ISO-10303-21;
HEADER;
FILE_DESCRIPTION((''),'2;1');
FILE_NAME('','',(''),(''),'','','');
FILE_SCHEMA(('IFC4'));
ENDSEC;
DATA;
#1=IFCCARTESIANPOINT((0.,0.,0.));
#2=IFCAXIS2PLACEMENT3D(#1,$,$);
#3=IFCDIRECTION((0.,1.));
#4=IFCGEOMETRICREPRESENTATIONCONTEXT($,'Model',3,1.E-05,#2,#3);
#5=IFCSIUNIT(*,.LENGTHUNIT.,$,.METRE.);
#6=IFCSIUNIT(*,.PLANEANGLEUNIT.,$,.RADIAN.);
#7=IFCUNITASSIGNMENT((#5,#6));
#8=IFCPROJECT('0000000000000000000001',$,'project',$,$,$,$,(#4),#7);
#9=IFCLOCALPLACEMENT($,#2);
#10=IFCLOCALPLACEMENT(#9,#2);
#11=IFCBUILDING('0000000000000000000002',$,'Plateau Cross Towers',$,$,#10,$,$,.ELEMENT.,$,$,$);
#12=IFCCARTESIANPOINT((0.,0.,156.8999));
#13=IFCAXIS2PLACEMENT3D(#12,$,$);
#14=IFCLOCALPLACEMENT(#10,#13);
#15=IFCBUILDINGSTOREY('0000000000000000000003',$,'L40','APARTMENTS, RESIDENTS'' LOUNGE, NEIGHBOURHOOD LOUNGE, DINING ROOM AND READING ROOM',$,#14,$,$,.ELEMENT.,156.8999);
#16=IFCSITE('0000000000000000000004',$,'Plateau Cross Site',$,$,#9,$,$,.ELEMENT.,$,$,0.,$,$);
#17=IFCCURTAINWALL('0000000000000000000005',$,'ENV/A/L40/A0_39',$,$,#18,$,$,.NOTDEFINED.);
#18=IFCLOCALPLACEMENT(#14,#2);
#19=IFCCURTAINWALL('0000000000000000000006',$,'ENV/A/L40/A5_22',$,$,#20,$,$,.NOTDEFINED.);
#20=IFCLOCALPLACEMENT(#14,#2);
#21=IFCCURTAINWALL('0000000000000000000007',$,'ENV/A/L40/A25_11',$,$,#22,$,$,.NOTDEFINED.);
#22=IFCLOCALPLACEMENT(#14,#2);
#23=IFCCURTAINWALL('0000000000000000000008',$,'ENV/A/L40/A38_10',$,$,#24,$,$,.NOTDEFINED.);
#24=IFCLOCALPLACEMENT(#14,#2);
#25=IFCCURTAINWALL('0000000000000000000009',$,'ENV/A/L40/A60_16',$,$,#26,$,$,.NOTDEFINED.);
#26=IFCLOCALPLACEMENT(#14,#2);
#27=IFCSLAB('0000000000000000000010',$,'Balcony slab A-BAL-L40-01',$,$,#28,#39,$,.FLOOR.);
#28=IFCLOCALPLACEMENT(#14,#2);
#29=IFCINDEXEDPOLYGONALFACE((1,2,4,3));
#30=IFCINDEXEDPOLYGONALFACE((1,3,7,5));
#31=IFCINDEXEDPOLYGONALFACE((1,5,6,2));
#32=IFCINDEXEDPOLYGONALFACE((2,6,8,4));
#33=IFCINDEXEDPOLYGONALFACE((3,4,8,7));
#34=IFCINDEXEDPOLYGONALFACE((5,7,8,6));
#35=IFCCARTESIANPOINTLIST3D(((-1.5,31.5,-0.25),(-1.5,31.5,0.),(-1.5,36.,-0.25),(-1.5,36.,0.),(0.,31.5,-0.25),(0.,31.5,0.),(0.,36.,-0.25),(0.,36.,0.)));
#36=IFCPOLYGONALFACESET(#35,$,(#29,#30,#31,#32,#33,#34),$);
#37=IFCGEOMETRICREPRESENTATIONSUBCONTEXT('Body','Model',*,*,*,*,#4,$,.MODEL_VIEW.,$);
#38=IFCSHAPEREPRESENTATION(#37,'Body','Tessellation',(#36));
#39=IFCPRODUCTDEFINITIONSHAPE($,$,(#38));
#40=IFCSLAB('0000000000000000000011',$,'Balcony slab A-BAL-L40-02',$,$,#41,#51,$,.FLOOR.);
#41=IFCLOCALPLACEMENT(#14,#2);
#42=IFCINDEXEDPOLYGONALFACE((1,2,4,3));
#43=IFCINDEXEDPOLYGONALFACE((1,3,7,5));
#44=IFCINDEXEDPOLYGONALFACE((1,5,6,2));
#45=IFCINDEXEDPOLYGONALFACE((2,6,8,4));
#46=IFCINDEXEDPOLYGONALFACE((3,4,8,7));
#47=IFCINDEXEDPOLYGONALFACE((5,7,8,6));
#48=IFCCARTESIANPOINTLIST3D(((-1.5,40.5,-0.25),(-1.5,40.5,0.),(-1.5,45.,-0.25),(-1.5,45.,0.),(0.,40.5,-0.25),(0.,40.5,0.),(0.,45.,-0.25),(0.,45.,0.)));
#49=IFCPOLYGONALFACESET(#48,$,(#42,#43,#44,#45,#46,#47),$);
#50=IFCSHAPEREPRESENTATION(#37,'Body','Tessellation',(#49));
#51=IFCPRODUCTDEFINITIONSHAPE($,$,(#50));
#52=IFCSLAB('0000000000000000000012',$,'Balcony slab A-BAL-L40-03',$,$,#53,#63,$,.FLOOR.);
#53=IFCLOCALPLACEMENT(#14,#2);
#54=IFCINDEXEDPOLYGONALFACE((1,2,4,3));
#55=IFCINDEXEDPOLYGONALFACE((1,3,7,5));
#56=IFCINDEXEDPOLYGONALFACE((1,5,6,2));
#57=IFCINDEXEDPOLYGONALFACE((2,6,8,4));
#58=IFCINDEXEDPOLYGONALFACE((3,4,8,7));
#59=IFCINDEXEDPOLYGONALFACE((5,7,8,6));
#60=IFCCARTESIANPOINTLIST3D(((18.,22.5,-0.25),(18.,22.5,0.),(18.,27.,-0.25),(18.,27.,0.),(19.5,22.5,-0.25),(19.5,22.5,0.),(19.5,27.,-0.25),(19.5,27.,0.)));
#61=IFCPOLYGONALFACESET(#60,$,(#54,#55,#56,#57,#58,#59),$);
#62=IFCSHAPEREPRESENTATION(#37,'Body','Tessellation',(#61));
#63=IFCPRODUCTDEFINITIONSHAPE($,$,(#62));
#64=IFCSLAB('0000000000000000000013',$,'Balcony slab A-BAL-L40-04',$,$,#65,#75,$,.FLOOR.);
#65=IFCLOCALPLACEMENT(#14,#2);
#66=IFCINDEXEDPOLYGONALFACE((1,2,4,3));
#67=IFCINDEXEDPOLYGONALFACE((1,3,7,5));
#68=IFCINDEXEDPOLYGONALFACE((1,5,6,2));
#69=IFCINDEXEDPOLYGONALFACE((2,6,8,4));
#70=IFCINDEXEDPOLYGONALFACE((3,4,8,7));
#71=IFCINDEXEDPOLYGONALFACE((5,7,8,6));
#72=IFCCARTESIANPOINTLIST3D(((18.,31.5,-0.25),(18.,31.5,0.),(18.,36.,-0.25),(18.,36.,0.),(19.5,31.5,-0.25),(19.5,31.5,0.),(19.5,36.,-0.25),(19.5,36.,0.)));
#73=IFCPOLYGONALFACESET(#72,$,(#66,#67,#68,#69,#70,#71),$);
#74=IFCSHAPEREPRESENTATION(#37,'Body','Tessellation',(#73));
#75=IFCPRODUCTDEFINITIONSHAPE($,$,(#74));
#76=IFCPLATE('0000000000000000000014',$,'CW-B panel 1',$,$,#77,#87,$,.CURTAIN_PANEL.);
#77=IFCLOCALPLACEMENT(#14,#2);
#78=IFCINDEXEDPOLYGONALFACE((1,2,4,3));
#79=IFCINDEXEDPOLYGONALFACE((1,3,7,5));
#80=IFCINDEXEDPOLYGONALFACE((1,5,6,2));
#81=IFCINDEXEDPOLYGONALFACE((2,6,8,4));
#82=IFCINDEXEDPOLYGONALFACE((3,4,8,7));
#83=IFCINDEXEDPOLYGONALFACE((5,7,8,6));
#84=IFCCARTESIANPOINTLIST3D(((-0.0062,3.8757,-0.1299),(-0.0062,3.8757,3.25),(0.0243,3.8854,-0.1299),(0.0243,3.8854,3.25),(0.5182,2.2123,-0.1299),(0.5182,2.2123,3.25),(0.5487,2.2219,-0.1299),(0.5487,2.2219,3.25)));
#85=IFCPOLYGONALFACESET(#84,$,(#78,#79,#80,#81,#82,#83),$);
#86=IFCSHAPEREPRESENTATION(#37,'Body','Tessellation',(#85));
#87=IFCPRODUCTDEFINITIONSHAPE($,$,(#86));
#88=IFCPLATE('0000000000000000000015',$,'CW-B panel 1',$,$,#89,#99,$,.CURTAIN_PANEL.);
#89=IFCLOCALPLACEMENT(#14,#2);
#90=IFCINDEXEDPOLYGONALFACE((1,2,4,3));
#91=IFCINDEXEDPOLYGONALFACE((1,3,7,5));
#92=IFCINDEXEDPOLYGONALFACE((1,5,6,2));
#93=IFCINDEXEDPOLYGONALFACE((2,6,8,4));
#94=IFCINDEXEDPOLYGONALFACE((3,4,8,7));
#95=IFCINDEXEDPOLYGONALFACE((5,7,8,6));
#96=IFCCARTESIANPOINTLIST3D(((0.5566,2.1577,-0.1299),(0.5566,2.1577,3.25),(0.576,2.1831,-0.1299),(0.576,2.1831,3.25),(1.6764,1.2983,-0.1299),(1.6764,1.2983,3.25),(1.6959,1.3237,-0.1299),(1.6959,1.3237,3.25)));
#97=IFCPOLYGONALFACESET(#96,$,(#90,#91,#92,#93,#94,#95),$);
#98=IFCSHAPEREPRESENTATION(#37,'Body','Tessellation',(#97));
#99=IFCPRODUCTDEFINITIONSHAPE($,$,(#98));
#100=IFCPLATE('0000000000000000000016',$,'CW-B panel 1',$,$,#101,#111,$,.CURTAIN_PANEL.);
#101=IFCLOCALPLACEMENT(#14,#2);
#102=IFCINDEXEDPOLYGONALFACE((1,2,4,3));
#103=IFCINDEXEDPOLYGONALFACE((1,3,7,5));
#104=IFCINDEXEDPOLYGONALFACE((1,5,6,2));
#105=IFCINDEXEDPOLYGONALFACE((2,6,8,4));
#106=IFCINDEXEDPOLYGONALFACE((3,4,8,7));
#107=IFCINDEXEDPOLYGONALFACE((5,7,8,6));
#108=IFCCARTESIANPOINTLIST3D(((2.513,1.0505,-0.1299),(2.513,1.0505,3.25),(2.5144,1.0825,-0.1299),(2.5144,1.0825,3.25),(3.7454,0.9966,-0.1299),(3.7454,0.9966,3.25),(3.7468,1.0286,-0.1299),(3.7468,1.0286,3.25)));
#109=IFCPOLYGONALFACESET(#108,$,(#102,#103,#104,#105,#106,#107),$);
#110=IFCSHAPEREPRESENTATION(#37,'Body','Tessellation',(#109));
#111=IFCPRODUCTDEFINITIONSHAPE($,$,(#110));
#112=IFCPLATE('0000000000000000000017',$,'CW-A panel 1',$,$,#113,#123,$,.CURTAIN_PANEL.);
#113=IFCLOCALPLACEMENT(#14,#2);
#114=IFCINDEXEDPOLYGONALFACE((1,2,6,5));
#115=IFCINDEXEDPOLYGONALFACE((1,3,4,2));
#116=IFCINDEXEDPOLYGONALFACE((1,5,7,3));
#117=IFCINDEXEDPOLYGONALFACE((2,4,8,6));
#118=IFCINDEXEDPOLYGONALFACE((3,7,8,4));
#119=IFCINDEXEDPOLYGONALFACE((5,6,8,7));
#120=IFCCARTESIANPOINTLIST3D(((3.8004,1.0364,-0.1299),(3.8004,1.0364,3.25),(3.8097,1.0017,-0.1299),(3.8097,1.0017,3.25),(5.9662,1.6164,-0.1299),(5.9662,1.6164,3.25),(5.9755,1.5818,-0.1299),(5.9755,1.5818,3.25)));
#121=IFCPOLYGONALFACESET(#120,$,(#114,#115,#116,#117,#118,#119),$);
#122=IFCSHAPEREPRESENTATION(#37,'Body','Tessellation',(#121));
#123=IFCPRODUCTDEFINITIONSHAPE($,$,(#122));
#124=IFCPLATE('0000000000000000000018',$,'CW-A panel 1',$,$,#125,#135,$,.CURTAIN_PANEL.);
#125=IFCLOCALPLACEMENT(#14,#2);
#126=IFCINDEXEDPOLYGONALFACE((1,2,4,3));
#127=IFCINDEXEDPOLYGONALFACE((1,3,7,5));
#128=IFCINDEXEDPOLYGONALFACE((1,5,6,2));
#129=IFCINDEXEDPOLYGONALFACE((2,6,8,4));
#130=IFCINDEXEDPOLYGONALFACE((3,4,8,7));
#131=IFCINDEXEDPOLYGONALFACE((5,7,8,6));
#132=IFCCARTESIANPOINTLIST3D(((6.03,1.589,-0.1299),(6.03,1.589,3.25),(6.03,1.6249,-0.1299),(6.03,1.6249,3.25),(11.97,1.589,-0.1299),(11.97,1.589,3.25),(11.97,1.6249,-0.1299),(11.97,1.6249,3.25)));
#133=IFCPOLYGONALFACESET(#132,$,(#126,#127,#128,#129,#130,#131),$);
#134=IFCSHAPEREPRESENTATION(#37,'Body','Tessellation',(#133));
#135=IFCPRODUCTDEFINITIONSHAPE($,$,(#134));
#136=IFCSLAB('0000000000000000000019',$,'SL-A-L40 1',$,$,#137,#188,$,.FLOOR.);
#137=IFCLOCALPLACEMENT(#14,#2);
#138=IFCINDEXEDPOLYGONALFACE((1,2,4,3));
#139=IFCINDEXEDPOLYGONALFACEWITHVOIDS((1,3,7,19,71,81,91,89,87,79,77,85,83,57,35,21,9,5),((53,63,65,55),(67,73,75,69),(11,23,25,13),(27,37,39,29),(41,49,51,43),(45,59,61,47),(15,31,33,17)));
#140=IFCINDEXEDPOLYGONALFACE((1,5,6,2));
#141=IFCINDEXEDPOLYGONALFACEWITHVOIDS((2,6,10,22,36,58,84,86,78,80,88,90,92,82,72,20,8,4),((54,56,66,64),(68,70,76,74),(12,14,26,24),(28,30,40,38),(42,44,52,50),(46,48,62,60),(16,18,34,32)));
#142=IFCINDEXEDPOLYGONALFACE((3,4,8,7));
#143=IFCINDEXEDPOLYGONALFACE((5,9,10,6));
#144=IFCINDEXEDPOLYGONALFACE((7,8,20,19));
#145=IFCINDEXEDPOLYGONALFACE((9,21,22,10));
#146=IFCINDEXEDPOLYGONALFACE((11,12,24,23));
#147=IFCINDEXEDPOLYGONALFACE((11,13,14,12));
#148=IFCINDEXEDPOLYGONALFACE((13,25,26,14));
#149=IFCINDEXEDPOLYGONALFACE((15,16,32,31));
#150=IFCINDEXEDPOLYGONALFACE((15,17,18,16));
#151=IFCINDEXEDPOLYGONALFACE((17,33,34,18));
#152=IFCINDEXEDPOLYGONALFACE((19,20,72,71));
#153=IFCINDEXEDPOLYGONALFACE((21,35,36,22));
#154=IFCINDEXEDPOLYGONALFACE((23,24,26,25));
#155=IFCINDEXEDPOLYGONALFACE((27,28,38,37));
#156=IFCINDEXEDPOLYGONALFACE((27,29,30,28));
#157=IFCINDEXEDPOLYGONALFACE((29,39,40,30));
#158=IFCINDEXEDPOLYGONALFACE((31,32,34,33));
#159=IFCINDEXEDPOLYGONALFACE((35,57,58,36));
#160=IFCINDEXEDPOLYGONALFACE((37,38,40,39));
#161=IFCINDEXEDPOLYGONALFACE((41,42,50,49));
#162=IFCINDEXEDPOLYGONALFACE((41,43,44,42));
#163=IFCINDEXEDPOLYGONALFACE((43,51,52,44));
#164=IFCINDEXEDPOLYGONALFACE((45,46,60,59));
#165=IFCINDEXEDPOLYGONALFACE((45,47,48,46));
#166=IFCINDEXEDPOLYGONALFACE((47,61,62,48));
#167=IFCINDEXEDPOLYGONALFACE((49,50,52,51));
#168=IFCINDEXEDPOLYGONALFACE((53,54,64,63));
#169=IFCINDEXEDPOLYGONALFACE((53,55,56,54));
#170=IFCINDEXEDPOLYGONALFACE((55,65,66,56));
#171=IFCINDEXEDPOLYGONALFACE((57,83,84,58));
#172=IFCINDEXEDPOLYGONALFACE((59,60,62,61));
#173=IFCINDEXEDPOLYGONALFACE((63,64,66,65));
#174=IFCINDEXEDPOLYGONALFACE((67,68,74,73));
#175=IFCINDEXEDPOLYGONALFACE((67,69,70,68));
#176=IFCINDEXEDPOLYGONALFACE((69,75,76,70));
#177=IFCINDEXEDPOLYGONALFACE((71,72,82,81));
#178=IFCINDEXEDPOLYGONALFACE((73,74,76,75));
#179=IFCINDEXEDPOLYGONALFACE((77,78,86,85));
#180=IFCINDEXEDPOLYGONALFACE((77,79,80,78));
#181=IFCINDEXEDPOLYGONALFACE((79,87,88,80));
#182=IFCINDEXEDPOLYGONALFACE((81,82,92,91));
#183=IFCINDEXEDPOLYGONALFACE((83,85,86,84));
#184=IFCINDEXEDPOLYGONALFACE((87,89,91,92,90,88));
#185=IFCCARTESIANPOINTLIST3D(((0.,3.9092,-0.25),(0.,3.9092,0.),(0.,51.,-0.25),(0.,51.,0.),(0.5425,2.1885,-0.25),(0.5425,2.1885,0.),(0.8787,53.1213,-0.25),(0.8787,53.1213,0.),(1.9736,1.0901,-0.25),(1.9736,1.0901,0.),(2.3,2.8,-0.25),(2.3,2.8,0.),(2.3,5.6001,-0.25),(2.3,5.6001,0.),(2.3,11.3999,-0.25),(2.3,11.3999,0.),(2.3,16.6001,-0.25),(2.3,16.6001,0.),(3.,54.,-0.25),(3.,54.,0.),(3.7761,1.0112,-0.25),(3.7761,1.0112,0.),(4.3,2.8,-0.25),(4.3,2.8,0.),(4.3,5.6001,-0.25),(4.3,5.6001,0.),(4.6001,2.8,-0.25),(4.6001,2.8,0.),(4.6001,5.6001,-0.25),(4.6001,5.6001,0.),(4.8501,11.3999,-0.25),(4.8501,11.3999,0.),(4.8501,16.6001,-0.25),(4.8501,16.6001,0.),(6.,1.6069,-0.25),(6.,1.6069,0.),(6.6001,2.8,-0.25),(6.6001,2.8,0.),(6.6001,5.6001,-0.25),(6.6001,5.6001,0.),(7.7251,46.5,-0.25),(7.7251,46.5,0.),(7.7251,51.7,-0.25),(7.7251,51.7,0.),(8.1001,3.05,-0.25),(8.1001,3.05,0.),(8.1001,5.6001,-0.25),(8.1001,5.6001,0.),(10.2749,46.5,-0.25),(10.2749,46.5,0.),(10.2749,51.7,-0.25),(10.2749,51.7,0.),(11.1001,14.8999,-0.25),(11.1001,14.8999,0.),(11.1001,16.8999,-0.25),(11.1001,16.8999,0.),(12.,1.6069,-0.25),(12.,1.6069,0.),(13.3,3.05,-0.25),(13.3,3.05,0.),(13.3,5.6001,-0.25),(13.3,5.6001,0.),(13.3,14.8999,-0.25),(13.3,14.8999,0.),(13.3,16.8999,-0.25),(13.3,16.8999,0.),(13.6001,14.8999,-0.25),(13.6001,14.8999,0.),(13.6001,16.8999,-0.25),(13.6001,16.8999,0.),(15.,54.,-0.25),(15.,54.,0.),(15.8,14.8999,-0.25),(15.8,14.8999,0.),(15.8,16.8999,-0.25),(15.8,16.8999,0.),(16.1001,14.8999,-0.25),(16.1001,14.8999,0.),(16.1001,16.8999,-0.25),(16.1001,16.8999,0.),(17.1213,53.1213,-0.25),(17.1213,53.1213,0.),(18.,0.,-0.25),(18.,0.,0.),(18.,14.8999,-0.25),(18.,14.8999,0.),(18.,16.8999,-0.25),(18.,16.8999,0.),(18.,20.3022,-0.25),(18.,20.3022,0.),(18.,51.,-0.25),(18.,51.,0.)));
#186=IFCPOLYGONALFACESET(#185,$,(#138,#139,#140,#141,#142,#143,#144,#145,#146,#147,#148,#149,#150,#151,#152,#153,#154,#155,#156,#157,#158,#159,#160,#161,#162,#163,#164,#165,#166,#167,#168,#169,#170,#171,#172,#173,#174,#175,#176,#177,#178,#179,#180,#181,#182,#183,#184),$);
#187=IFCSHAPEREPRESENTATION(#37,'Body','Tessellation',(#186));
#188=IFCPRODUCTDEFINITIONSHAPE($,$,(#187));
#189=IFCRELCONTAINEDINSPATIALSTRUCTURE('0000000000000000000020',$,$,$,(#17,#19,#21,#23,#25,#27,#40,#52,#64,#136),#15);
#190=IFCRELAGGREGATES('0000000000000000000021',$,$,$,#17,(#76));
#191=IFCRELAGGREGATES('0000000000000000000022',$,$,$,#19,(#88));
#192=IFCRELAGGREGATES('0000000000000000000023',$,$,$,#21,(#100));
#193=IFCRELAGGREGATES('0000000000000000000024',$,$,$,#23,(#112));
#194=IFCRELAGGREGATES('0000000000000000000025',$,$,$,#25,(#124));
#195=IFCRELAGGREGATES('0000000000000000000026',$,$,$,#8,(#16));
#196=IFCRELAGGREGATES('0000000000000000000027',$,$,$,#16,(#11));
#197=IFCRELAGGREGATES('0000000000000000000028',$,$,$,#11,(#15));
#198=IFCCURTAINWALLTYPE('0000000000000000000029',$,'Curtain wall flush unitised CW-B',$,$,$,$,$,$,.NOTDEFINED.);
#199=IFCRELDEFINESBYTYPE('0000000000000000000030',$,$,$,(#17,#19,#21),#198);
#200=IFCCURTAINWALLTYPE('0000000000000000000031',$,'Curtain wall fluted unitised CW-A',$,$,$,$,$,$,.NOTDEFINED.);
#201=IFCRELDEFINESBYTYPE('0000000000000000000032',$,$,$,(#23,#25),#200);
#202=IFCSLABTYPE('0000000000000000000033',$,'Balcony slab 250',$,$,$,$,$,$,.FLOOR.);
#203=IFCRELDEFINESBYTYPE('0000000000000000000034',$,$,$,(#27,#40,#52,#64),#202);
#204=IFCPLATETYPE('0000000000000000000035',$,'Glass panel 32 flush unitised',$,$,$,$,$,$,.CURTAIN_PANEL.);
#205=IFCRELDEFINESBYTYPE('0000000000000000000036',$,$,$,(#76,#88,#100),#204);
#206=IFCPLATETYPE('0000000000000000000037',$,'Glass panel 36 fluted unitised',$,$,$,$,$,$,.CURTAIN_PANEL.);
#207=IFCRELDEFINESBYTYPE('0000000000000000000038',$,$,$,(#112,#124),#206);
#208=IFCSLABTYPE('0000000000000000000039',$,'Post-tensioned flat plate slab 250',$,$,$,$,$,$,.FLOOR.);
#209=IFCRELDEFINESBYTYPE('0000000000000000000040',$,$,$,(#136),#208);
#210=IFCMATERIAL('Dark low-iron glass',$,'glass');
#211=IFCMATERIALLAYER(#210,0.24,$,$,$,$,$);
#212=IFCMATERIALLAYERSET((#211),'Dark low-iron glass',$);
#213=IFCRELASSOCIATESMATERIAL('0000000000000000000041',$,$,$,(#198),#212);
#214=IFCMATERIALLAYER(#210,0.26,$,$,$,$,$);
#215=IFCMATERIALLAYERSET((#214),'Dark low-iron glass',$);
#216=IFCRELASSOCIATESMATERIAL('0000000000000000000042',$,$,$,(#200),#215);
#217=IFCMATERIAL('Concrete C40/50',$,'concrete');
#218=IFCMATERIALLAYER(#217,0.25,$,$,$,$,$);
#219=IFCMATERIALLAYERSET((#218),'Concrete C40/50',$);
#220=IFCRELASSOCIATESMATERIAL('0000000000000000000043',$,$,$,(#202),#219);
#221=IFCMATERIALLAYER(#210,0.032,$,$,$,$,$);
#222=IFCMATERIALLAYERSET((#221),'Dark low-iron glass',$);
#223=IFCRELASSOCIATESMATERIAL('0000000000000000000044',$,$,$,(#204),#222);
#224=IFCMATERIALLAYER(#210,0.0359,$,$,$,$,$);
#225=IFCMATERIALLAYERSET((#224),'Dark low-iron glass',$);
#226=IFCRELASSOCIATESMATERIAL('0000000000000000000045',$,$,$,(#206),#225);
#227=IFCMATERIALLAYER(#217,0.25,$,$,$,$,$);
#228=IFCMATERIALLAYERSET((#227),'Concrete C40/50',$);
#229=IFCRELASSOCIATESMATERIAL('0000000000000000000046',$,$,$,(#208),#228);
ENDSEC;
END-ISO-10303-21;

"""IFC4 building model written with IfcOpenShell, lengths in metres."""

from ifc_helpers import new_model, si_unit, direction, frame, origin, origin_2d, place, context, subcontext, project, spatial, polyline, rectangle, outline, extrude, material, layer, layer_set, type_object, element, aggregate, save


model = new_model("IFC4")

# Units and contexts
model_context = context("Model", 3, precision=1e-05, world=origin(), true_north=direction((0.0, 1.0)))
body_context = subcontext(model_context, "Body", "Model", "MODEL_VIEW")
ifc_project = project(units=[si_unit("LENGTHUNIT", "METRE"), si_unit("PLANEANGLEUNIT", "RADIAN")], contexts=[model_context])

# Site, building, storey
site_placement = place(None, origin())
site = spatial("IfcSite", under=ifc_project, at=site_placement, Name="Plateau Cross Site", CompositionType="ELEMENT", RefElevation=0.0)
building_placement = place(site_placement, origin())
building = spatial("IfcBuilding", under=site, at=building_placement, Name="Plateau Cross Towers", CompositionType="ELEMENT")
storey_placement = place(building_placement, frame((0.0, 0.0, 156.8999)))
storey = spatial("IfcBuildingStorey", under=building, at=storey_placement, Name="L40", Description="APARTMENTS, RESIDENTS' LOUNGE, NEIGHBOURHOOD LOUNGE, DINING ROOM AND READING ROOM", CompositionType="ELEMENT", Elevation=156.8999)

# Curtain wall
ifc_material_1 = material(Name="Dark low-iron glass", Category="glass")
ifc_layer_1 = layer(ifc_material_1, 0.24)
ifc_layer_set_1 = layer_set([ifc_layer_1], Name="Dark low-iron glass")
curtain_wall_type_1 = type_object("IfcCurtainWallType", Name="Curtain wall flush unitised CW-B", PredefinedType="NOTDEFINED", material=ifc_layer_set_1)
curtain_wall_1_placement = place(storey_placement, origin())
curtain_wall_1 = element("IfcCurtainWall", 1, at=curtain_wall_1_placement, inside=storey, type_object=curtain_wall_type_1, Name="ENV/A/L40/A0_39", PredefinedType="NOTDEFINED")

# Curtain wall
curtain_wall_2_placement = place(storey_placement, origin())
curtain_wall_2 = element("IfcCurtainWall", 2, at=curtain_wall_2_placement, inside=storey, type_object=curtain_wall_type_1, Name="ENV/A/L40/A5_22", PredefinedType="NOTDEFINED")

# Curtain walls
curtain_wall_3_placement = place(storey_placement, origin())
curtain_wall_3 = element("IfcCurtainWall", 3, at=curtain_wall_3_placement, inside=storey, type_object=curtain_wall_type_1, Name="ENV/A/L40/A25_11", PredefinedType="NOTDEFINED")
ifc_layer_2 = layer(ifc_material_1, 0.26)
ifc_layer_set_2 = layer_set([ifc_layer_2], Name="Dark low-iron glass")
curtain_wall_type_2 = type_object("IfcCurtainWallType", Name="Curtain wall fluted unitised CW-A", PredefinedType="NOTDEFINED", material=ifc_layer_set_2)
curtain_wall_4_placement = place(storey_placement, origin())
curtain_wall_4 = element("IfcCurtainWall", 4, at=curtain_wall_4_placement, inside=storey, type_object=curtain_wall_type_2, Name="ENV/A/L40/A38_10", PredefinedType="NOTDEFINED")
curtain_wall_5_placement = place(storey_placement, origin())
curtain_wall_5 = element("IfcCurtainWall", 5, at=curtain_wall_5_placement, inside=storey, type_object=curtain_wall_type_2, Name="ENV/A/L40/A60_16", PredefinedType="NOTDEFINED")

# Slabs
ifc_material_2 = material(Name="Concrete C40/50", Category="concrete")
ifc_layer_3 = layer(ifc_material_2, 0.25)
ifc_layer_set_3 = layer_set([ifc_layer_3], Name="Concrete C40/50")
slab_type_1 = type_object("IfcSlabType", Name="Balcony slab 250", PredefinedType="FLOOR", material=ifc_layer_set_3)
slab_1_placement = place(storey_placement, frame((0.0, 0.0, -0.25)))
element("IfcSlab", 6, at=slab_1_placement, inside=storey, type_object=slab_type_1, Name="Balcony slab A-BAL-L40-01", PredefinedType="FLOOR", context=body_context, shape_type="SweptSolid", body=[
    extrude(outline(polyline([(0.0, 31.5), (0.0, 36.0), (-1.5, 36.0), (-1.5, 31.5), (0.0, 31.5)])), origin(), (0.0, 0.0, 1.0), 0.25),
])
slab_2_placement = place(storey_placement, frame((0.0, 0.0, -0.25)))
element("IfcSlab", 7, at=slab_2_placement, inside=storey, type_object=slab_type_1, Name="Balcony slab A-BAL-L40-02", PredefinedType="FLOOR", context=body_context, shape_type="SweptSolid", body=[
    extrude(outline(polyline([(0.0, 40.5), (0.0, 45.0), (-1.5, 45.0), (-1.5, 40.5), (0.0, 40.5)])), origin(), (0.0, 0.0, 1.0), 0.25),
])
slab_3_placement = place(storey_placement, frame((0.0, 0.0, -0.25)))
element("IfcSlab", 8, at=slab_3_placement, inside=storey, type_object=slab_type_1, Name="Balcony slab A-BAL-L40-03", PredefinedType="FLOOR", context=body_context, shape_type="SweptSolid", body=[
    extrude(outline(polyline([(19.5, 22.5), (19.5, 27.0), (18.0, 27.0), (18.0, 22.5), (19.5, 22.5)])), origin(), (0.0, 0.0, 1.0), 0.25),
])
slab_4_placement = place(storey_placement, frame((0.0, 0.0, -0.25)))
element("IfcSlab", 9, at=slab_4_placement, inside=storey, type_object=slab_type_1, Name="Balcony slab A-BAL-L40-04", PredefinedType="FLOOR", context=body_context, shape_type="SweptSolid", body=[
    extrude(outline(polyline([(19.5, 31.5), (19.5, 36.0), (18.0, 36.0), (18.0, 31.5), (19.5, 31.5)])), origin(), (0.0, 0.0, 1.0), 0.25),
])

# Plates
ifc_layer_4 = layer(ifc_material_1, 0.032)
ifc_layer_set_4 = layer_set([ifc_layer_4], Name="Dark low-iron glass")
plate_type_1 = type_object("IfcPlateType", Name="Glass panel 32 flush unitised", PredefinedType="CURTAIN_PANEL", material=ifc_layer_set_4)
plate_1_placement = place(storey_placement, frame((0.2712, 3.0488, -0.1299), z_axis=(0.0, 0.0, 1.0), x_axis=(0.300686, -0.953723, 0.0)))
plate_1 = element("IfcPlate", 10, at=plate_1_placement, type_object=plate_type_1, Name="CW-B panel 1", PredefinedType="CURTAIN_PANEL", context=body_context, shape_type="SweptSolid", body=[
    extrude(rectangle(XDim=1.7441, YDim=0.032, at=origin_2d()), origin(), (0.0, 0.0, 1.0), 3.3799),
])
aggregate(curtain_wall_1, [plate_1])
plate_2_placement = place(storey_placement, frame((1.1262, 1.7407, -0.1299), z_axis=(0.0, 0.0, 1.0), x_axis=(0.793316, -0.608811, 0.0)))
plate_2 = element("IfcPlate", 11, at=plate_2_placement, type_object=plate_type_1, Name="CW-B panel 1", PredefinedType="CURTAIN_PANEL", context=body_context, shape_type="SweptSolid", body=[
    extrude(rectangle(XDim=1.4116, YDim=0.032, at=origin_2d()), origin(), (0.0, 0.0, 1.0), 3.3799),
])
aggregate(curtain_wall_2, [plate_2])
plate_3_placement = place(storey_placement, frame((3.1299, 1.0396, -0.1299), z_axis=(0.0, 0.0, 1.0), x_axis=(0.999044, -0.043723, 0.0)))
plate_3 = element("IfcPlate", 12, at=plate_3_placement, type_object=plate_type_1, Name="CW-B panel 1", PredefinedType="CURTAIN_PANEL", context=body_context, shape_type="SweptSolid", body=[
    extrude(rectangle(XDim=1.2336, YDim=0.032, at=origin_2d()), origin(), (0.0, 0.0, 1.0), 3.3799),
])
aggregate(curtain_wall_3, [plate_3])
ifc_layer_5 = layer(ifc_material_1, 0.0359)
ifc_layer_set_5 = layer_set([ifc_layer_5], Name="Dark low-iron glass")
plate_type_2 = type_object("IfcPlateType", Name="Glass panel 36 fluted unitised", PredefinedType="CURTAIN_PANEL", material=ifc_layer_set_5)
plate_4_placement = place(storey_placement, frame((4.8879, 1.3091, -0.1299), z_axis=(0.0, 0.0, 1.0), x_axis=(0.965958, 0.258699, 0.0)))
plate_4 = element("IfcPlate", 13, at=plate_4_placement, type_object=plate_type_2, Name="CW-A panel 1", PredefinedType="CURTAIN_PANEL", context=body_context, shape_type="SweptSolid", body=[
    extrude(rectangle(XDim=2.2422, YDim=0.0359, at=origin_2d()), origin(), (0.0, 0.0, 1.0), 3.3799),
])
aggregate(curtain_wall_4, [plate_4])
plate_5_placement = place(storey_placement, frame((9.0, 1.6069, -0.1299), z_axis=(0.0, 0.0, 1.0), x_axis=(1.0, 0.0, 0.0)))
plate_5 = element("IfcPlate", 14, at=plate_5_placement, type_object=plate_type_2, Name="CW-A panel 1", PredefinedType="CURTAIN_PANEL", context=body_context, shape_type="SweptSolid", body=[
    extrude(rectangle(XDim=5.9399, YDim=0.0359, at=origin_2d()), origin(), (0.0, 0.0, 1.0), 3.3799),
])
aggregate(curtain_wall_5, [plate_5])

# Slab
ifc_layer_6 = layer(ifc_material_2, 0.25)
ifc_layer_set_6 = layer_set([ifc_layer_6], Name="Concrete C40/50")
slab_type_2 = type_object("IfcSlabType", Name="Post-tensioned flat plate slab 250", PredefinedType="FLOOR", material=ifc_layer_set_6)
slab_5_placement = place(storey_placement, frame((0.0, 0.0, -0.25)))
element("IfcSlab", 15, at=slab_5_placement, inside=storey, type_object=slab_type_2, Name="SL-A-L40 1", PredefinedType="FLOOR", context=body_context, shape_type="SweptSolid", body=[
    extrude(outline(polyline([(0.5425, 2.1885), (0.0, 3.9092), (0.0, 51.0), (0.8787, 53.1213), (3.0, 54.0), (15.0, 54.0), (17.1213, 53.1213), (18.0, 51.0), (18.0, 20.3022), (18.0, 16.8999), (16.1001, 16.8999), (16.1001, 14.8999), (18.0, 14.8999), (18.0, 0.0), (12.0, 1.6069), (6.0, 1.6069), (3.7761, 1.0112), (1.9736, 1.0901), (0.5425, 2.1885)]), holes=[polyline([(2.3, 5.6001), (2.3, 2.8), (4.3, 2.8), (4.3, 5.6001), (2.3, 5.6001)]), polyline([(4.6001, 5.6001), (4.6001, 2.8), (6.6001, 2.8), (6.6001, 5.6001), (4.6001, 5.6001)]), polyline([(8.1001, 5.6001), (8.1001, 3.05), (13.3, 3.05), (13.3, 5.6001), (8.1001, 5.6001)]), polyline([(2.3, 11.3999), (4.8501, 11.3999), (4.8501, 16.6001), (2.3, 16.6001), (2.3, 11.3999)]), polyline([(11.1001, 16.8999), (11.1001, 14.8999), (13.3, 14.8999), (13.3, 16.8999), (11.1001, 16.8999)]), polyline([(13.6001, 16.8999), (13.6001, 14.8999), (15.8, 14.8999), (15.8, 16.8999), (13.6001, 16.8999)]), polyline([(7.7251, 51.7), (7.7251, 46.5), (10.2749, 46.5), (10.2749, 51.7), (7.7251, 51.7)])]), origin(), (0.0, 0.0, 1.0), 0.25),
])

save(model, "model.ifc")
